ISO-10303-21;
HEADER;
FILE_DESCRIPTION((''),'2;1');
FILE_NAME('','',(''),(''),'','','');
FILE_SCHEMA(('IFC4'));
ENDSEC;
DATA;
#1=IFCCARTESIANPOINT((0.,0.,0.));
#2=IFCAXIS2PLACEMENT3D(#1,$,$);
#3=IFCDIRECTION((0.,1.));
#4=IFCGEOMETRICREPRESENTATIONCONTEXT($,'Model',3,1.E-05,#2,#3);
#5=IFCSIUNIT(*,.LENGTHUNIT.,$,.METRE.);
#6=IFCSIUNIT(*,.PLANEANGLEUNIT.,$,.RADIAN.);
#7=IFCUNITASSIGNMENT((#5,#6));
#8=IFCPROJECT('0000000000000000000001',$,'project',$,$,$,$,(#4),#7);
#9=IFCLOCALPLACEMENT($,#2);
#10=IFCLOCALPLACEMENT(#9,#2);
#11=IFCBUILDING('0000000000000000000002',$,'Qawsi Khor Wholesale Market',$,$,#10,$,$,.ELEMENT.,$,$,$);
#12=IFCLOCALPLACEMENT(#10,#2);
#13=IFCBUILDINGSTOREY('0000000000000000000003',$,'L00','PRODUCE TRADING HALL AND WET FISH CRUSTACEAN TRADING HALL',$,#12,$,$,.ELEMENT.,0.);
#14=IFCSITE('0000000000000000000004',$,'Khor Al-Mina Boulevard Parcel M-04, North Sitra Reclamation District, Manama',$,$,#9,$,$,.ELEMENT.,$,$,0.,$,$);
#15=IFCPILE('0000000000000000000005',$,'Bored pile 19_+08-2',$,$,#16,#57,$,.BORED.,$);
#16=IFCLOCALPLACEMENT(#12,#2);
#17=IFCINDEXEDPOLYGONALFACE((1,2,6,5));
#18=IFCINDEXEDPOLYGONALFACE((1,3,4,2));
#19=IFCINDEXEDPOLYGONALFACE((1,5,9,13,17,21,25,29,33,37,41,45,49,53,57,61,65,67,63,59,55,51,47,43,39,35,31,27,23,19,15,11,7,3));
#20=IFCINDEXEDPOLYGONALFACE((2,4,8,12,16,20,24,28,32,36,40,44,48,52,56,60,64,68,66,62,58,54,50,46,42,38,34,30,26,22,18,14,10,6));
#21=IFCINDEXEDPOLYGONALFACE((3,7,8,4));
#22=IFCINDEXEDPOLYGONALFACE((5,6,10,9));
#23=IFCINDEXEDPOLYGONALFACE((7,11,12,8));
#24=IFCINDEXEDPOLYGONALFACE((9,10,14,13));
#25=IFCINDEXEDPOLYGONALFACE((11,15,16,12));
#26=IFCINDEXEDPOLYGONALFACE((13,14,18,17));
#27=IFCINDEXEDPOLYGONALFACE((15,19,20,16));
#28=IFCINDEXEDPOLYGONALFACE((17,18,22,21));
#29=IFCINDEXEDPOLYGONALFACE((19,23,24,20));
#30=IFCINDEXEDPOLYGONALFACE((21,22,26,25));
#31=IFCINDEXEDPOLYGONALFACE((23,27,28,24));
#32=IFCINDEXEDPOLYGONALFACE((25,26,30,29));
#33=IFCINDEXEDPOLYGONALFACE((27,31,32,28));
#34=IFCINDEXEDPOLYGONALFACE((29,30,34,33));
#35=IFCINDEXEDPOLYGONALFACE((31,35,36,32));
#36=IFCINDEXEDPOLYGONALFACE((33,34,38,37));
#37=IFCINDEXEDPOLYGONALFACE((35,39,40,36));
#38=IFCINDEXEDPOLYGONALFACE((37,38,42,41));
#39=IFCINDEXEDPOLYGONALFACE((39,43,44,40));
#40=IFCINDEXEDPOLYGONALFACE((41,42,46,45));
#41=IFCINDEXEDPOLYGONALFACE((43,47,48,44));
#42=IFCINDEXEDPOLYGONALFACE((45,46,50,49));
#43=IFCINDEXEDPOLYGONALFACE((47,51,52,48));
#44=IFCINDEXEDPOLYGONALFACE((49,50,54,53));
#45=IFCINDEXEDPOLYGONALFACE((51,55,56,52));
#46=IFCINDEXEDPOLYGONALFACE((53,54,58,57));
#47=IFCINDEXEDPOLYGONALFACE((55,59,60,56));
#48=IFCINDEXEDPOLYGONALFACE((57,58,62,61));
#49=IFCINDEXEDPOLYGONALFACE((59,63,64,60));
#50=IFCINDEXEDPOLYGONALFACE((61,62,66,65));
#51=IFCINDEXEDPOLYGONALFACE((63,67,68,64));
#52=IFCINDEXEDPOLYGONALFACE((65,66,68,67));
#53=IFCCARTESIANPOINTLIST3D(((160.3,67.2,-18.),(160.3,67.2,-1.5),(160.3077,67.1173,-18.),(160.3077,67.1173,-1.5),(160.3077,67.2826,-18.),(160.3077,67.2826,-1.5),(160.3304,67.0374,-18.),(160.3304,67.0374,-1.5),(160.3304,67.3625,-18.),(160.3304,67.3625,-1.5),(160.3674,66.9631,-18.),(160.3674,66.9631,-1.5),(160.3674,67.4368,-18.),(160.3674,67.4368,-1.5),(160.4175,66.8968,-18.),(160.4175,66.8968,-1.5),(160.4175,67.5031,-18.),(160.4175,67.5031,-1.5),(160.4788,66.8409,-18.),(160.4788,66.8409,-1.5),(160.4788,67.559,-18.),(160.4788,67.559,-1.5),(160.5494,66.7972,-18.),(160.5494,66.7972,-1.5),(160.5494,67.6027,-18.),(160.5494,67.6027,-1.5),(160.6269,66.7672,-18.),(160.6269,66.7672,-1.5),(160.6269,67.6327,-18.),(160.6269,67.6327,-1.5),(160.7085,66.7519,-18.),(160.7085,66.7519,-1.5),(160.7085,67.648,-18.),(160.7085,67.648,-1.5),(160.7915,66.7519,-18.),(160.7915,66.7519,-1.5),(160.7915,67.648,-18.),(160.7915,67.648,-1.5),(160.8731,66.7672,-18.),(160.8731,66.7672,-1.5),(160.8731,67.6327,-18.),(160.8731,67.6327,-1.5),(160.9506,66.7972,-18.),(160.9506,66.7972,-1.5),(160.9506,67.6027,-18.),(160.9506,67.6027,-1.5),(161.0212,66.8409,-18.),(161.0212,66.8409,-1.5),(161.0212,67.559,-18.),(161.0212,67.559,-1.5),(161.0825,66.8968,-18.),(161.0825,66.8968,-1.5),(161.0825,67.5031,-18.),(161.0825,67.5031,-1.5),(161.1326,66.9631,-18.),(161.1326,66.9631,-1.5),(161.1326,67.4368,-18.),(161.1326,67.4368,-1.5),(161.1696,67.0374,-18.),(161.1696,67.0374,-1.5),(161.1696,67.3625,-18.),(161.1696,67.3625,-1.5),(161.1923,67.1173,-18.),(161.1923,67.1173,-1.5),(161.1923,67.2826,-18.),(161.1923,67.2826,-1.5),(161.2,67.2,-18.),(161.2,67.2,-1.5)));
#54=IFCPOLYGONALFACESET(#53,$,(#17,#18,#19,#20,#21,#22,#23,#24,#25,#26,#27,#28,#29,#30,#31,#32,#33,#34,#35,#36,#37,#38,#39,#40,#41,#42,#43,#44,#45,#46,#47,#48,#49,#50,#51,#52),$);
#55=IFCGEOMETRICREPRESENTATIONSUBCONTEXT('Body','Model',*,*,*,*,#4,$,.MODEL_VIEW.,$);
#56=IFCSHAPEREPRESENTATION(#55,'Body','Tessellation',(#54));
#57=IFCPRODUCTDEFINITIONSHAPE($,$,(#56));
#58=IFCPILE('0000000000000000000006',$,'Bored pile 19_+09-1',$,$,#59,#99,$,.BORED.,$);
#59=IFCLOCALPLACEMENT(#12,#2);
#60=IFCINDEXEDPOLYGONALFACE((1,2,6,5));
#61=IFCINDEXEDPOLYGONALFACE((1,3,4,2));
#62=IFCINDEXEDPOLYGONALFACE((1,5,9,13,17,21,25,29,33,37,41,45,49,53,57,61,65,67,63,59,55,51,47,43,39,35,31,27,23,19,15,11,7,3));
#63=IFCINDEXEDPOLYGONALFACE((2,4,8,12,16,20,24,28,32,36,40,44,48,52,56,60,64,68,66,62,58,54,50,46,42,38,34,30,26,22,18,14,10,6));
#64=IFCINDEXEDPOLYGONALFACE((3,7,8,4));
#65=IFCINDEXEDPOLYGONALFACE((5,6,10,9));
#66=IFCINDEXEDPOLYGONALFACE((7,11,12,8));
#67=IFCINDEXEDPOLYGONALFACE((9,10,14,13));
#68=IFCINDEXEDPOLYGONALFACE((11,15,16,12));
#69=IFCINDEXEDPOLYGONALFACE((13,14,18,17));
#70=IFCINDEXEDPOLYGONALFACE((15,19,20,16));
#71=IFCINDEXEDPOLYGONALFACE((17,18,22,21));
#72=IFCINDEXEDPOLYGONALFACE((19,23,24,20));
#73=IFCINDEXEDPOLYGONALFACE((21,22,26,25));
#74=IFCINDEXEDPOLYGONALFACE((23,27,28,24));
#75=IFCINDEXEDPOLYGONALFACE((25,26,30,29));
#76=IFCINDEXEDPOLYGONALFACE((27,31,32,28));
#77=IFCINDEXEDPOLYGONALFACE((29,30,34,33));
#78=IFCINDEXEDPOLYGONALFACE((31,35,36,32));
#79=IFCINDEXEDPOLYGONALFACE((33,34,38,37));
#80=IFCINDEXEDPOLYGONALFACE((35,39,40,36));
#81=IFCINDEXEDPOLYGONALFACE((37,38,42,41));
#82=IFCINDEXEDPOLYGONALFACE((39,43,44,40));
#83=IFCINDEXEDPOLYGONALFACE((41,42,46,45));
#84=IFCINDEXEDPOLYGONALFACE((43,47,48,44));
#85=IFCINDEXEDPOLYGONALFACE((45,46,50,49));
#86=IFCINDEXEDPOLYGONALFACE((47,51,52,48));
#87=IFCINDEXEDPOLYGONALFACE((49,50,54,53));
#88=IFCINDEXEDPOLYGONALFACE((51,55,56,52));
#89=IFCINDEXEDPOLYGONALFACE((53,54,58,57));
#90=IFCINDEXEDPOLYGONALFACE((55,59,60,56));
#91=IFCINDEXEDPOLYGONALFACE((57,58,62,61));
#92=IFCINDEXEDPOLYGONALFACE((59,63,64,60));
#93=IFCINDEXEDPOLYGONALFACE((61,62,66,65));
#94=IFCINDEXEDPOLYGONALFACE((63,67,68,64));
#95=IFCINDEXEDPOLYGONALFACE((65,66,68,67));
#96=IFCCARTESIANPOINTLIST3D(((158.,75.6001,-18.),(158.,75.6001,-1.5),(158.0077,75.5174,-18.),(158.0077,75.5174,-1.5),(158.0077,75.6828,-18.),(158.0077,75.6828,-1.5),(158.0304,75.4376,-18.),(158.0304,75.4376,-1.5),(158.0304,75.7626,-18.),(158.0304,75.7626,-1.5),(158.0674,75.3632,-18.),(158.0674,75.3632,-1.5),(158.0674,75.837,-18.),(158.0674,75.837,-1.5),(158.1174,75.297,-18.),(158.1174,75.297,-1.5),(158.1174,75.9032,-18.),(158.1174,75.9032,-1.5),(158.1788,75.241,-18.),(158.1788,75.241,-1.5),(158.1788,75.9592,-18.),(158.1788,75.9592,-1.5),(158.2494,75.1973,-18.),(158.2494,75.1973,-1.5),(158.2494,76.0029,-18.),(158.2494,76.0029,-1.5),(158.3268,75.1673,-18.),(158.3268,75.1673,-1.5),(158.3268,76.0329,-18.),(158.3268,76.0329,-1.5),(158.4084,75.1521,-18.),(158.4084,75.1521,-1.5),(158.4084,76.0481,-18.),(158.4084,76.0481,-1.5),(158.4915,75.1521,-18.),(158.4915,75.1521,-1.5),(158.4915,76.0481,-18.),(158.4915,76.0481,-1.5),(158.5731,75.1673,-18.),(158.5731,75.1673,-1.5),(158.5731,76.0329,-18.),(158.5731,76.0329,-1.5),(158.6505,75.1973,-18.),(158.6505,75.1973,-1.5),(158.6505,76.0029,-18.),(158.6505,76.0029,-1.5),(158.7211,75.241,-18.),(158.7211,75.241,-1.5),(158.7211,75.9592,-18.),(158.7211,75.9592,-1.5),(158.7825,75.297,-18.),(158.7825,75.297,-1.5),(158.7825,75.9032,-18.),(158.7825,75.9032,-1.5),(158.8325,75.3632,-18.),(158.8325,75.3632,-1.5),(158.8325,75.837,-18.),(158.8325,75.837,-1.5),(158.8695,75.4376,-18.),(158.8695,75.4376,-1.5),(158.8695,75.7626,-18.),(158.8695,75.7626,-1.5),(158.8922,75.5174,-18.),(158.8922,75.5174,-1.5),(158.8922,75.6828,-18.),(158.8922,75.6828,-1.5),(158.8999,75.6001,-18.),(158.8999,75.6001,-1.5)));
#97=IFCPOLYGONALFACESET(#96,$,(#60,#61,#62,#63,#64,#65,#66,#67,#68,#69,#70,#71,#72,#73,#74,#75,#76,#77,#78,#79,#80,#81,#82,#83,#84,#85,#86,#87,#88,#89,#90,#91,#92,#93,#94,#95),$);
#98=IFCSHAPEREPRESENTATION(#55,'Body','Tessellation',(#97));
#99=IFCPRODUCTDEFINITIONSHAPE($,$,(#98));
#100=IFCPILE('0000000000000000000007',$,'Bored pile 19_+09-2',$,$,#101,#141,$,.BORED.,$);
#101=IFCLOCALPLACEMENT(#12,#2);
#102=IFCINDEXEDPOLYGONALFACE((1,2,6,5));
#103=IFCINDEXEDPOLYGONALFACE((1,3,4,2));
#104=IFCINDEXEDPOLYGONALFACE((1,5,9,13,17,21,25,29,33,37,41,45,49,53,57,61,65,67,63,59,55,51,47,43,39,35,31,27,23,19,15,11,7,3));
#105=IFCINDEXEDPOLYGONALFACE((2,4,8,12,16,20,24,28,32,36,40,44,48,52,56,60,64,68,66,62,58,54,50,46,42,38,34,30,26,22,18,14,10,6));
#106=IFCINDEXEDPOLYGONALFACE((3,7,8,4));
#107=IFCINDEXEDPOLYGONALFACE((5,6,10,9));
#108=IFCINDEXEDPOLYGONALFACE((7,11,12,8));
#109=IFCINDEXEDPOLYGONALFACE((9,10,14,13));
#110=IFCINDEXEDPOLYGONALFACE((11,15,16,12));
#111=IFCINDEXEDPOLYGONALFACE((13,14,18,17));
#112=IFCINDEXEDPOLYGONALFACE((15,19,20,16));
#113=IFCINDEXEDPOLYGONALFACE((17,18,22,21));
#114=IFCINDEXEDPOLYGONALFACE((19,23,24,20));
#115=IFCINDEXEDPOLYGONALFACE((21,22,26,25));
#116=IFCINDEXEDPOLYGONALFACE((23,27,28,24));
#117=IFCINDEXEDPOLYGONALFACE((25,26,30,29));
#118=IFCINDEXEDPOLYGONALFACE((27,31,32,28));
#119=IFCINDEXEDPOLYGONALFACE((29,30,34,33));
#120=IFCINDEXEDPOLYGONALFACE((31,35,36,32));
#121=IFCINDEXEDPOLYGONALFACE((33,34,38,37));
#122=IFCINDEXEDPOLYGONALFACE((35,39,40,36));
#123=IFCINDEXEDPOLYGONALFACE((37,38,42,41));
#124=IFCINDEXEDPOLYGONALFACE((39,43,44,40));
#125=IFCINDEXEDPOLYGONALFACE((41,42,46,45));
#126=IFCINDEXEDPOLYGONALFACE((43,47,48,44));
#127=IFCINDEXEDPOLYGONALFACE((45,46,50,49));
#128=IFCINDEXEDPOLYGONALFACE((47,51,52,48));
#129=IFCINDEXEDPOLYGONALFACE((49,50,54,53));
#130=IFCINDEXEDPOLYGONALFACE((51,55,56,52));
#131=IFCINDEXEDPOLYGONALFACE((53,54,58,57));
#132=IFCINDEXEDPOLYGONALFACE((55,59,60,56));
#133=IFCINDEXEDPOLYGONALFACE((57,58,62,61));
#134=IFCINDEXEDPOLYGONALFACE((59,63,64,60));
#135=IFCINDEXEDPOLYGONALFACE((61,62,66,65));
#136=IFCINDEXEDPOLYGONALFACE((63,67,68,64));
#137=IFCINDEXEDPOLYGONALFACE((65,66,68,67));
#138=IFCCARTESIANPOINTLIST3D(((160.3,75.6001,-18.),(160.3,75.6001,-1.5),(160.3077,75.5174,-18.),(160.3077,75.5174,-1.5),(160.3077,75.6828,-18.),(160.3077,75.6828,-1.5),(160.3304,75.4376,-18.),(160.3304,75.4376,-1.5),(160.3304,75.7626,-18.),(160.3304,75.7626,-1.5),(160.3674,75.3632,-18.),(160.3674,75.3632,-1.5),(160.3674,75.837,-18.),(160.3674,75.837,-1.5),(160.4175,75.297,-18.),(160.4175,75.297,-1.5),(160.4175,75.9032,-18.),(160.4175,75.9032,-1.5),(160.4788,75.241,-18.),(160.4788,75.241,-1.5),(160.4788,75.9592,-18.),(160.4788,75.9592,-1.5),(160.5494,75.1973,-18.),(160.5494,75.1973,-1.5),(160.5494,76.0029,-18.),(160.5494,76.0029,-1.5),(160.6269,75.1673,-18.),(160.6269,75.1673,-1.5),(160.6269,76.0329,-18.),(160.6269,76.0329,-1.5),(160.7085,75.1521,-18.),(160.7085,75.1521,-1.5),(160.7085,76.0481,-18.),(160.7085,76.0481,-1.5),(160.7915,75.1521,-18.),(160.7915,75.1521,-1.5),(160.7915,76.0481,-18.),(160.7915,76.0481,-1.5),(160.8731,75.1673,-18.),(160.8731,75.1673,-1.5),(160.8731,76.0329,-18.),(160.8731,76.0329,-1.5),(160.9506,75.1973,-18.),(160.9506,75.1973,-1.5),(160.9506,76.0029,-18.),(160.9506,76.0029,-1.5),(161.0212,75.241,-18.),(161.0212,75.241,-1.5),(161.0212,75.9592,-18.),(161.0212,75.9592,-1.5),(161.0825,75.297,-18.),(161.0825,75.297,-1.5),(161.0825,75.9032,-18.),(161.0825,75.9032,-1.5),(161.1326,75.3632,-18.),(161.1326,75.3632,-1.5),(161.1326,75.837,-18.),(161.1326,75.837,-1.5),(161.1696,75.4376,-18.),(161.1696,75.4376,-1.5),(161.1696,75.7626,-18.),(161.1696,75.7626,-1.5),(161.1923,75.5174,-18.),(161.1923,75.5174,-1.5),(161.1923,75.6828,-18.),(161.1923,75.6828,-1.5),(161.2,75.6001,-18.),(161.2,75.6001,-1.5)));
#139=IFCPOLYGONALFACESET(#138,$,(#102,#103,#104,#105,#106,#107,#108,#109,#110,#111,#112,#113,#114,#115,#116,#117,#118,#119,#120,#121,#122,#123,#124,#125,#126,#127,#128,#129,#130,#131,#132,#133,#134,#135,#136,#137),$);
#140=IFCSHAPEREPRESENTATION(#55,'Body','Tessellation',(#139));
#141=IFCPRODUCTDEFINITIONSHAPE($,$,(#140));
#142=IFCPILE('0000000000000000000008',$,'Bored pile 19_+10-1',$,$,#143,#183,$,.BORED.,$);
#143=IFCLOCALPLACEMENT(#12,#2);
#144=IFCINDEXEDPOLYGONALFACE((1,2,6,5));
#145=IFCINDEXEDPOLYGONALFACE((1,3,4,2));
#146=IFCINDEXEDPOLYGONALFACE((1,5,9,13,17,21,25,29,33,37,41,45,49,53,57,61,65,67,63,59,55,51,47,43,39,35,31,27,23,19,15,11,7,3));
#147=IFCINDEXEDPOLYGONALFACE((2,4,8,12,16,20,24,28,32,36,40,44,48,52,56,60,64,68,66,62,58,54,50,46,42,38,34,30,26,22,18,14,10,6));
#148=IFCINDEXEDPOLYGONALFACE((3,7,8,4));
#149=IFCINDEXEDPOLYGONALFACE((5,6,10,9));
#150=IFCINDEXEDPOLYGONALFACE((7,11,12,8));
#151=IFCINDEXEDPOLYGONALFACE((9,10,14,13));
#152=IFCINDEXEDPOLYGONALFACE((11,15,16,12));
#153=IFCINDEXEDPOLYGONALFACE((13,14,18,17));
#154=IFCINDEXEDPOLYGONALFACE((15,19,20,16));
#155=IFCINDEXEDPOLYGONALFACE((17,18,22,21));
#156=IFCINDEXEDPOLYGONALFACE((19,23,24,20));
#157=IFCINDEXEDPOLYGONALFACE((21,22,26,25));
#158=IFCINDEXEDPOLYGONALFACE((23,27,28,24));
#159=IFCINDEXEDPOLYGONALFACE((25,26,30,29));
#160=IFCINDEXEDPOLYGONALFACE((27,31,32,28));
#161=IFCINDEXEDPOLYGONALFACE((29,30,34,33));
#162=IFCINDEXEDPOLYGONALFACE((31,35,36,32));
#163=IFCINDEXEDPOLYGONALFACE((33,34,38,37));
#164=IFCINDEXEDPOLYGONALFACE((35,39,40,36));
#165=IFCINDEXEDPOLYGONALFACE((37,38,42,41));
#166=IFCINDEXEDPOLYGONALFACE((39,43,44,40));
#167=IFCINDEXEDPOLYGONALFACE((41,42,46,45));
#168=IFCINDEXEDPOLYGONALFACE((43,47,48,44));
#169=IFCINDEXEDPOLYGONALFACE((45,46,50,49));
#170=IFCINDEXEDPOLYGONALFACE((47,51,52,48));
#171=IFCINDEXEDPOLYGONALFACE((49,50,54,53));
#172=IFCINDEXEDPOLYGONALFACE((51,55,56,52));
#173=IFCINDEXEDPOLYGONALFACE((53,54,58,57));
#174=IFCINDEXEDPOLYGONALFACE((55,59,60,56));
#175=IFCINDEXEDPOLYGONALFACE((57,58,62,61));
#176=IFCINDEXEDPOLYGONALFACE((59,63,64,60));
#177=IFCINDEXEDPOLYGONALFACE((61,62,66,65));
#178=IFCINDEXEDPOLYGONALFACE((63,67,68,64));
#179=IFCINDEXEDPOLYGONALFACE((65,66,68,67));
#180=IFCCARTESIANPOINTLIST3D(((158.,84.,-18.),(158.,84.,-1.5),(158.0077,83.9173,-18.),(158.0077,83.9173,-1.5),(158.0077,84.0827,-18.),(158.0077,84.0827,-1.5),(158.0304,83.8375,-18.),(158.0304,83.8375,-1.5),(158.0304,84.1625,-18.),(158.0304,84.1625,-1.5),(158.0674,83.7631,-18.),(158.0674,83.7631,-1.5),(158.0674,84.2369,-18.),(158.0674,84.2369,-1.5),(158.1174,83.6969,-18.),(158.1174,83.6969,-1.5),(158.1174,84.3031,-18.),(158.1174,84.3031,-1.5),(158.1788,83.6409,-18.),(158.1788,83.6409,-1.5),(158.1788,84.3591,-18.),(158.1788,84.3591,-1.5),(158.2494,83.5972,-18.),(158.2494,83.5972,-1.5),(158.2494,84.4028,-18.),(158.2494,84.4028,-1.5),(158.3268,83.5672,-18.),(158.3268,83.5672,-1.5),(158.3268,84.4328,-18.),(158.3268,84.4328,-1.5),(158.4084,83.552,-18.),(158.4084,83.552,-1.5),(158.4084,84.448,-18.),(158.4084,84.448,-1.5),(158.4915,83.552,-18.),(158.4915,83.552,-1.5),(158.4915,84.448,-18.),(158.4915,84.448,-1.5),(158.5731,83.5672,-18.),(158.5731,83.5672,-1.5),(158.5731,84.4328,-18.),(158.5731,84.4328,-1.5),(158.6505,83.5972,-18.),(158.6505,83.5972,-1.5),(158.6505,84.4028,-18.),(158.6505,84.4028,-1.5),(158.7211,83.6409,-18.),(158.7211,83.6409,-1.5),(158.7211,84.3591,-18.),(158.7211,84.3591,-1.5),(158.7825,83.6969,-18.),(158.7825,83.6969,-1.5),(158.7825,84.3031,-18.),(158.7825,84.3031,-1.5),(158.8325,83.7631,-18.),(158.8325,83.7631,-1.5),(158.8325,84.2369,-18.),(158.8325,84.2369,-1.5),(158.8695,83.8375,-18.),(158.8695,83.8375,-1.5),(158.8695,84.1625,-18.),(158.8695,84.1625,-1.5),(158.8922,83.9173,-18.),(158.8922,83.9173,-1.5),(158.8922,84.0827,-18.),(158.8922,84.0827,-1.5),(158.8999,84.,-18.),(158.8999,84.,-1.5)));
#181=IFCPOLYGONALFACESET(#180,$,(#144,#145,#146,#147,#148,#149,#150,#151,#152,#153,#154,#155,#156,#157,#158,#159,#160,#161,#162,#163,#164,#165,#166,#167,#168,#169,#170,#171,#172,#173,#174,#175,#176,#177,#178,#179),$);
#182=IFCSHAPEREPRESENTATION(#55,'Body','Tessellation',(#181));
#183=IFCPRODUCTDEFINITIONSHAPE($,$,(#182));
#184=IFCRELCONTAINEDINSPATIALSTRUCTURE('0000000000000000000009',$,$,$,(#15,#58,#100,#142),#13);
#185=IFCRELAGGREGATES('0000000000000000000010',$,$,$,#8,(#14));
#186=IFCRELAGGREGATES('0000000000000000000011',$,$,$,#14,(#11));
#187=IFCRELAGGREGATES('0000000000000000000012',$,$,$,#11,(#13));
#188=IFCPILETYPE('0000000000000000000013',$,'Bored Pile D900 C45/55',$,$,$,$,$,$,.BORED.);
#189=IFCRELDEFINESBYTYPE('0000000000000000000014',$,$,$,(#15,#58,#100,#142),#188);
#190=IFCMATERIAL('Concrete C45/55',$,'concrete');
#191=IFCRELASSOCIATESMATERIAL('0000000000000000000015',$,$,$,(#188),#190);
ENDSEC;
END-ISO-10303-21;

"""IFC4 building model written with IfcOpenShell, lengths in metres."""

from ifc_helpers import new_model, si_unit, direction, frame, origin, origin_2d, place, context, subcontext, project, spatial, circle, extrude, material, material_profile, profile_set, type_object, element, save


model = new_model("IFC4")

# Units and contexts
model_context = context("Model", 3, precision=1e-05, world=origin(), true_north=direction((0.0, 1.0)))
body_context = subcontext(model_context, "Body", "Model", "MODEL_VIEW")
ifc_project = project(units=[si_unit("LENGTHUNIT", "METRE"), si_unit("PLANEANGLEUNIT", "RADIAN")], contexts=[model_context])

# Site, building, storey
site_placement = place(None, origin())
site = spatial("IfcSite", under=ifc_project, at=site_placement, Name="Khor Al-Mina Boulevard Parcel M-04, North Sitra Reclamation District, Manama", CompositionType="ELEMENT", RefElevation=0.0)
building_placement = place(site_placement, origin())
building = spatial("IfcBuilding", under=site, at=building_placement, Name="Qawsi Khor Wholesale Market", CompositionType="ELEMENT")
storey_placement = place(building_placement, origin())
storey = spatial("IfcBuildingStorey", under=building, at=storey_placement, Name="L00", Description="PRODUCE TRADING HALL AND WET FISH CRUSTACEAN TRADING HALL", CompositionType="ELEMENT", Elevation=0.0)

# Piles
ifc_material_1 = material(Name="Concrete C45/55", Category="concrete")
ifc_material_profile_1 = material_profile(ifc_material_1, circle(Radius=0.45, at=origin_2d()), Name="PILE D900")
ifc_profile_set_1 = profile_set([ifc_material_profile_1], Name="Concrete C45/55")
pile_type_1 = type_object("IfcPileType", Name="Bored Pile D900 C45/55", PredefinedType="BORED", material=ifc_profile_set_1)
for number, where, z_axis, x_axis, name in (
    (1, (160.75, 67.2, -1.5), (0.0, 0.0, -1.0), (1.0, 0.0, 0.0), "Bored pile 19_+08-2"),
    (2, (158.45, 75.6001, -1.5), (0.0, 0.0, -1.0), (1.0, 0.0, 0.0), "Bored pile 19_+09-1"),
    (3, (160.75, 75.6001, -1.5), (0.0, 0.0, -1.0), (1.0, 0.0, 0.0), "Bored pile 19_+09-2"),
    (4, (158.45, 84.0, -1.5), (0.0, 0.0, -1.0), (1.0, 0.0, 0.0), "Bored pile 19_+10-1"),
):
    element("IfcPile", number, at=place(storey_placement, frame(where, z_axis=z_axis, x_axis=x_axis)), inside=storey, type_object=pile_type_1, Name=name, PredefinedType="BORED", context=body_context, shape_type="SweptSolid", body=[
        extrude(circle(Radius=0.45, at=origin_2d()), origin(), (0.0, 0.0, 1.0), 16.5),
    ])

save(model, "model.ifc")
